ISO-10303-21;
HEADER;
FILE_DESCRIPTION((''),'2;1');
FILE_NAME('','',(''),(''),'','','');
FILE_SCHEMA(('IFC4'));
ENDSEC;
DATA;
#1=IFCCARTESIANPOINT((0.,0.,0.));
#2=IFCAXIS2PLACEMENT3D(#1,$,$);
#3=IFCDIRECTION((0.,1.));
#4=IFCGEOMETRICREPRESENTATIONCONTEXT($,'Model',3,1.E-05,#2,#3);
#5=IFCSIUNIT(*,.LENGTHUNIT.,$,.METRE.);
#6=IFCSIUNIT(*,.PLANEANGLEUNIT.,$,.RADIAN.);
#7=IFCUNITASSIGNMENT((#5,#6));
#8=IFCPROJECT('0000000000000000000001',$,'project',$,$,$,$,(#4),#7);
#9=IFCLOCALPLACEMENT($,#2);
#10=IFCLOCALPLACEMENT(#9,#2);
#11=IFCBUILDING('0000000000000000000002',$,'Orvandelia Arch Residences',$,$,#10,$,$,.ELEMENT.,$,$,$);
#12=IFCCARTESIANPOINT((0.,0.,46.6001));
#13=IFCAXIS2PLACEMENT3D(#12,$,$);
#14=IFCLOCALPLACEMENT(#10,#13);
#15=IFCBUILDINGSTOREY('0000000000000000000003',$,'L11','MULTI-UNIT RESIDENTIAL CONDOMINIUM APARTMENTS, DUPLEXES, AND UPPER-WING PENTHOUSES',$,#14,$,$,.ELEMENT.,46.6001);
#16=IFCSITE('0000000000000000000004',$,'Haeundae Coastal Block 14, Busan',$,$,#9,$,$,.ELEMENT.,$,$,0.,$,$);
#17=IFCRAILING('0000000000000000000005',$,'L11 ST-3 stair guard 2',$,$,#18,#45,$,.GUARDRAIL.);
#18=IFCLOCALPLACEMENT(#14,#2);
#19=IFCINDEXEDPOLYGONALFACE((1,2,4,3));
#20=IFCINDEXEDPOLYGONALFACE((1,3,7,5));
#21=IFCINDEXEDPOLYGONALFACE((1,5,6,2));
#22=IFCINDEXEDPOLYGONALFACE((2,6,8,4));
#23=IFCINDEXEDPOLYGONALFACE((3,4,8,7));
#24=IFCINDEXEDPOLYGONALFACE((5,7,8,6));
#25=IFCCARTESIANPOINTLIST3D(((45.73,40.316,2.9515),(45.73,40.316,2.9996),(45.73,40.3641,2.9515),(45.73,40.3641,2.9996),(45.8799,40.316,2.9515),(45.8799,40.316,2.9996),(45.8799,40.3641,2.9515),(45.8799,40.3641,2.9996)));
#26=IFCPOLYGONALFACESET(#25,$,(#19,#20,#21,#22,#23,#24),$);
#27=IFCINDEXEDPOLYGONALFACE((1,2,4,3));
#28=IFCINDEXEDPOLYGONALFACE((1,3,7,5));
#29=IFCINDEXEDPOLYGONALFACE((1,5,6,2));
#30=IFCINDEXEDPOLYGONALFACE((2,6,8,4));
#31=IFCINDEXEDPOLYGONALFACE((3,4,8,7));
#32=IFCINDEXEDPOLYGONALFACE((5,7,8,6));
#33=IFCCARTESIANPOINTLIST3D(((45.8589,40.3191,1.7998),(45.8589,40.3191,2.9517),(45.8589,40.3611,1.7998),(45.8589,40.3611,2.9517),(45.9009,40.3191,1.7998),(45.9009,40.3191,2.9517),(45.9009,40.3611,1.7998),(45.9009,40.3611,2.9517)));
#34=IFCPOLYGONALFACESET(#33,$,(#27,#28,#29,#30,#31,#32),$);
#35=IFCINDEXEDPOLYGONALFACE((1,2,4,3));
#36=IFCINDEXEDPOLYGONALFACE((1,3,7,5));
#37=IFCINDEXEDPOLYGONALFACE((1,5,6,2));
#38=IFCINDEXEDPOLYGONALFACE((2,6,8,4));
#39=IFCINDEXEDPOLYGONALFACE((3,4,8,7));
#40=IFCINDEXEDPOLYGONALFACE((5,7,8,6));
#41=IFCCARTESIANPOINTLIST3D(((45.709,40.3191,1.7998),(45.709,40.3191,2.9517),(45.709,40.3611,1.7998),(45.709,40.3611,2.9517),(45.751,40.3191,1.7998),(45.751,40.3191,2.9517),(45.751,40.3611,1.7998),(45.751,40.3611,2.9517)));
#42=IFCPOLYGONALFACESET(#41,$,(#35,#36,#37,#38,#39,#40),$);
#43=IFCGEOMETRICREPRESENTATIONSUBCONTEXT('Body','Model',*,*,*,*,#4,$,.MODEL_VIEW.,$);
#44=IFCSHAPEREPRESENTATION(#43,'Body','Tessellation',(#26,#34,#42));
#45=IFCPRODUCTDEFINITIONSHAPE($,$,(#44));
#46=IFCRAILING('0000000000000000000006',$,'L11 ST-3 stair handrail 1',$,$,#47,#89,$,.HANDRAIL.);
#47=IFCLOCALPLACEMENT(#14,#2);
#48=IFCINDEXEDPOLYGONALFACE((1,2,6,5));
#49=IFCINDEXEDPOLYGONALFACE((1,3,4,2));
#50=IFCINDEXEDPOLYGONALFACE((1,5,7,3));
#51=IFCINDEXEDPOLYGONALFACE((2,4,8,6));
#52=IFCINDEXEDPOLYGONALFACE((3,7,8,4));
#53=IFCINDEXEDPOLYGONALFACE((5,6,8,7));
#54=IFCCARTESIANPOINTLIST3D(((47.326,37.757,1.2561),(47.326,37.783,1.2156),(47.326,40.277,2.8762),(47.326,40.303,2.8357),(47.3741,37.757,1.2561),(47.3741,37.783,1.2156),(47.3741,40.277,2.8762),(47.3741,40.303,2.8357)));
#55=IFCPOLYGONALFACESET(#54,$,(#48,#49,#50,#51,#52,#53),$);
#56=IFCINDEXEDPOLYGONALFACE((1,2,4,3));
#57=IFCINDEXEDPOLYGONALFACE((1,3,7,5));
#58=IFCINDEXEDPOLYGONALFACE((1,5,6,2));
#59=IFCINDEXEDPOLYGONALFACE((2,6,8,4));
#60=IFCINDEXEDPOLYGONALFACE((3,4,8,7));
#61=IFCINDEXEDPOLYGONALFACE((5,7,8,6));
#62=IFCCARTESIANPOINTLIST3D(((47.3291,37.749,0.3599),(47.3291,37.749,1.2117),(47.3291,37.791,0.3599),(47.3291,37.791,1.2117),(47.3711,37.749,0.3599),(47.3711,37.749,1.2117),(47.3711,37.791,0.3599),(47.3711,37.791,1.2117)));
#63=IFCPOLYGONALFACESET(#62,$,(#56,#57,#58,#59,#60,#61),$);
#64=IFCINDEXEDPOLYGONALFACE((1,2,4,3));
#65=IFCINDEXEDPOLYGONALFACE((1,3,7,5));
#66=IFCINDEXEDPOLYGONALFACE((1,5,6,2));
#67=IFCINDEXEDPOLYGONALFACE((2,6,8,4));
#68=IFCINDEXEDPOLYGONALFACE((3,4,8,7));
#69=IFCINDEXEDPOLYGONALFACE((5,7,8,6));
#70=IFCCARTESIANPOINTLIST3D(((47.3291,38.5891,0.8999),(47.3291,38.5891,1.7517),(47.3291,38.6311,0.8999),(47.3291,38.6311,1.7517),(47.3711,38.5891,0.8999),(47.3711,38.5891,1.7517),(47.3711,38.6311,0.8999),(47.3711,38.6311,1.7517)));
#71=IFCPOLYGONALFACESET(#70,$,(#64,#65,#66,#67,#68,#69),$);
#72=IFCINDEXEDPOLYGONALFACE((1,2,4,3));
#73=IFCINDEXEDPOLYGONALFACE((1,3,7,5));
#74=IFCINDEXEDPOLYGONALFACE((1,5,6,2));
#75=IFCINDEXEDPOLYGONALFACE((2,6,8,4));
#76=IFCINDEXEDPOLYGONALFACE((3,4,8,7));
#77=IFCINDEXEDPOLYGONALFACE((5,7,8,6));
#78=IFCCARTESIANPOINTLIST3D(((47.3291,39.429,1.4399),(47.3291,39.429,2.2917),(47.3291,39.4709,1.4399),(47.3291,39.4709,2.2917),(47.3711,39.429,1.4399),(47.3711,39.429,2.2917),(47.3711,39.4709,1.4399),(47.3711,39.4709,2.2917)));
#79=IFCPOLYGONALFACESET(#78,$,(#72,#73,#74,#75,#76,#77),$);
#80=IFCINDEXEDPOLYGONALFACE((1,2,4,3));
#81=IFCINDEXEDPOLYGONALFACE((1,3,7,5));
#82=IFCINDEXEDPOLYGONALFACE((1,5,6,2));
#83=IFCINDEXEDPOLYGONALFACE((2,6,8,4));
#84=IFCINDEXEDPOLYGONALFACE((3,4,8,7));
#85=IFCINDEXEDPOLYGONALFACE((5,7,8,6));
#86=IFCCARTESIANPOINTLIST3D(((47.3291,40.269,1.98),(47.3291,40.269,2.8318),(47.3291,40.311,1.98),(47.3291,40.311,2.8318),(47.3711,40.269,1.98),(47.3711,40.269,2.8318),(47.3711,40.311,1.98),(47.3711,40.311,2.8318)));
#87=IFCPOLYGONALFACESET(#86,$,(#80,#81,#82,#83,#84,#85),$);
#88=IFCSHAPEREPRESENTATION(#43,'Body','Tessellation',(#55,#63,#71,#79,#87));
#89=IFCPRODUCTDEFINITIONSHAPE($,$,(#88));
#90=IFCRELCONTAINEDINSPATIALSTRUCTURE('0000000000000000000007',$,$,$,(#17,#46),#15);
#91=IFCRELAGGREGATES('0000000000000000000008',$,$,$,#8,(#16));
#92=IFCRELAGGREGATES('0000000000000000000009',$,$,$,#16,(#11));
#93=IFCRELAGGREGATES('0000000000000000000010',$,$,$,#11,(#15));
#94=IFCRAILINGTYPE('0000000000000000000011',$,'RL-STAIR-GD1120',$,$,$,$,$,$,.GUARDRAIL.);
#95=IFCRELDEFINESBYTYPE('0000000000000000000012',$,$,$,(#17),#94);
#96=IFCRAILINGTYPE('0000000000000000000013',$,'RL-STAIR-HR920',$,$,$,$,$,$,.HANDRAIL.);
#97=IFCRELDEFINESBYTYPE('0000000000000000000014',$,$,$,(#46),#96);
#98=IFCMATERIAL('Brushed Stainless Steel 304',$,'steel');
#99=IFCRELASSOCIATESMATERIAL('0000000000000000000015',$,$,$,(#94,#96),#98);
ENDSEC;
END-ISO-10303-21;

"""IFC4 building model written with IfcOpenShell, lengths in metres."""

from ifc_helpers import new_model, si_unit, direction, frame, origin, origin_2d, place, context, subcontext, project, spatial, rectangle, extrude, material, type_object, element, save


model = new_model("IFC4")

# Units and contexts
model_context = context("Model", 3, precision=1e-05, world=origin(), true_north=direction((0.0, 1.0)))
body_context = subcontext(model_context, "Body", "Model", "MODEL_VIEW")
ifc_project = project(units=[si_unit("LENGTHUNIT", "METRE"), si_unit("PLANEANGLEUNIT", "RADIAN")], contexts=[model_context])

# Site, building, storey
site_placement = place(None, origin())
site = spatial("IfcSite", under=ifc_project, at=site_placement, Name="Haeundae Coastal Block 14, Busan", CompositionType="ELEMENT", RefElevation=0.0)
building_placement = place(site_placement, origin())
building = spatial("IfcBuilding", under=site, at=building_placement, Name="Orvandelia Arch Residences", CompositionType="ELEMENT")
storey_placement = place(building_placement, frame((0.0, 0.0, 46.6001)))
storey = spatial("IfcBuildingStorey", under=building, at=storey_placement, Name="L11", Description="MULTI-UNIT RESIDENTIAL CONDOMINIUM APARTMENTS, DUPLEXES, AND UPPER-WING PENTHOUSES", CompositionType="ELEMENT", Elevation=46.6001)

# Railings
ifc_material_1 = material(Name="Brushed Stainless Steel 304", Category="steel")
railing_type_1 = type_object("IfcRailingType", Name="RL-STAIR-GD1120", PredefinedType="GUARDRAIL", material=ifc_material_1)
railing_1_placement = place(storey_placement, frame((45.8799, 40.3401, 1.7998)))
element("IfcRailing", 1, at=railing_1_placement, inside=storey, type_object=railing_type_1, Name="L11 ST-3 stair guard 2", PredefinedType="GUARDRAIL", context=body_context, shape_type="SweptSolid", body=[
    extrude(rectangle(XDim=0.0481, YDim=0.0481, at=origin_2d()), frame((0.0, 0.0, 1.1758), z_axis=(-1.0, 0.0, 0.0), x_axis=(0.0, -1.0, 0.0)), (0.0, 0.0, 1.0), 0.1499),
    extrude(rectangle(XDim=0.042, YDim=0.042, at=origin_2d()), origin(), (0.0, 0.0, 1.0), 1.1519),
    extrude(rectangle(XDim=0.042, YDim=0.042, at=origin_2d()), frame((-0.1499, 0.0, 0.0)), (0.0, 0.0, 1.0), 1.1519),
])
railing_type_2 = type_object("IfcRailingType", Name="RL-STAIR-HR920", PredefinedType="HANDRAIL", material=ifc_material_1)
railing_2_placement = place(storey_placement, frame((47.3501, 37.77, 0.3599)))
element("IfcRailing", 2, at=railing_2_placement, inside=storey, type_object=railing_type_2, Name="L11 ST-3 stair handrail 1", PredefinedType="HANDRAIL", context=body_context, shape_type="SweptSolid", body=[
    extrude(rectangle(XDim=0.0481, YDim=0.0481, at=origin_2d()), frame((0.0, 0.0, 0.876), z_axis=(0.0, 0.841163, 0.540782), x_axis=(-1.0, 0.0, 0.0)), (0.0, 0.0, 1.0), 2.9958),
    extrude(rectangle(XDim=0.042, YDim=0.042, at=origin_2d()), origin(), (0.0, 0.0, 1.0), 0.8518),
    extrude(rectangle(XDim=0.042, YDim=0.042, at=origin_2d()), frame((0.0, 0.8401, 0.54)), (0.0, 0.0, 1.0), 0.8518),
    extrude(rectangle(XDim=0.042, YDim=0.042, at=origin_2d()), frame((0.0, 1.6799, 1.0801)), (0.0, 0.0, 1.0), 0.8518),
    extrude(rectangle(XDim=0.042, YDim=0.042, at=origin_2d()), frame((0.0, 2.52, 1.6201)), (0.0, 0.0, 1.0), 0.8518),
])

save(model, "model.ifc")
